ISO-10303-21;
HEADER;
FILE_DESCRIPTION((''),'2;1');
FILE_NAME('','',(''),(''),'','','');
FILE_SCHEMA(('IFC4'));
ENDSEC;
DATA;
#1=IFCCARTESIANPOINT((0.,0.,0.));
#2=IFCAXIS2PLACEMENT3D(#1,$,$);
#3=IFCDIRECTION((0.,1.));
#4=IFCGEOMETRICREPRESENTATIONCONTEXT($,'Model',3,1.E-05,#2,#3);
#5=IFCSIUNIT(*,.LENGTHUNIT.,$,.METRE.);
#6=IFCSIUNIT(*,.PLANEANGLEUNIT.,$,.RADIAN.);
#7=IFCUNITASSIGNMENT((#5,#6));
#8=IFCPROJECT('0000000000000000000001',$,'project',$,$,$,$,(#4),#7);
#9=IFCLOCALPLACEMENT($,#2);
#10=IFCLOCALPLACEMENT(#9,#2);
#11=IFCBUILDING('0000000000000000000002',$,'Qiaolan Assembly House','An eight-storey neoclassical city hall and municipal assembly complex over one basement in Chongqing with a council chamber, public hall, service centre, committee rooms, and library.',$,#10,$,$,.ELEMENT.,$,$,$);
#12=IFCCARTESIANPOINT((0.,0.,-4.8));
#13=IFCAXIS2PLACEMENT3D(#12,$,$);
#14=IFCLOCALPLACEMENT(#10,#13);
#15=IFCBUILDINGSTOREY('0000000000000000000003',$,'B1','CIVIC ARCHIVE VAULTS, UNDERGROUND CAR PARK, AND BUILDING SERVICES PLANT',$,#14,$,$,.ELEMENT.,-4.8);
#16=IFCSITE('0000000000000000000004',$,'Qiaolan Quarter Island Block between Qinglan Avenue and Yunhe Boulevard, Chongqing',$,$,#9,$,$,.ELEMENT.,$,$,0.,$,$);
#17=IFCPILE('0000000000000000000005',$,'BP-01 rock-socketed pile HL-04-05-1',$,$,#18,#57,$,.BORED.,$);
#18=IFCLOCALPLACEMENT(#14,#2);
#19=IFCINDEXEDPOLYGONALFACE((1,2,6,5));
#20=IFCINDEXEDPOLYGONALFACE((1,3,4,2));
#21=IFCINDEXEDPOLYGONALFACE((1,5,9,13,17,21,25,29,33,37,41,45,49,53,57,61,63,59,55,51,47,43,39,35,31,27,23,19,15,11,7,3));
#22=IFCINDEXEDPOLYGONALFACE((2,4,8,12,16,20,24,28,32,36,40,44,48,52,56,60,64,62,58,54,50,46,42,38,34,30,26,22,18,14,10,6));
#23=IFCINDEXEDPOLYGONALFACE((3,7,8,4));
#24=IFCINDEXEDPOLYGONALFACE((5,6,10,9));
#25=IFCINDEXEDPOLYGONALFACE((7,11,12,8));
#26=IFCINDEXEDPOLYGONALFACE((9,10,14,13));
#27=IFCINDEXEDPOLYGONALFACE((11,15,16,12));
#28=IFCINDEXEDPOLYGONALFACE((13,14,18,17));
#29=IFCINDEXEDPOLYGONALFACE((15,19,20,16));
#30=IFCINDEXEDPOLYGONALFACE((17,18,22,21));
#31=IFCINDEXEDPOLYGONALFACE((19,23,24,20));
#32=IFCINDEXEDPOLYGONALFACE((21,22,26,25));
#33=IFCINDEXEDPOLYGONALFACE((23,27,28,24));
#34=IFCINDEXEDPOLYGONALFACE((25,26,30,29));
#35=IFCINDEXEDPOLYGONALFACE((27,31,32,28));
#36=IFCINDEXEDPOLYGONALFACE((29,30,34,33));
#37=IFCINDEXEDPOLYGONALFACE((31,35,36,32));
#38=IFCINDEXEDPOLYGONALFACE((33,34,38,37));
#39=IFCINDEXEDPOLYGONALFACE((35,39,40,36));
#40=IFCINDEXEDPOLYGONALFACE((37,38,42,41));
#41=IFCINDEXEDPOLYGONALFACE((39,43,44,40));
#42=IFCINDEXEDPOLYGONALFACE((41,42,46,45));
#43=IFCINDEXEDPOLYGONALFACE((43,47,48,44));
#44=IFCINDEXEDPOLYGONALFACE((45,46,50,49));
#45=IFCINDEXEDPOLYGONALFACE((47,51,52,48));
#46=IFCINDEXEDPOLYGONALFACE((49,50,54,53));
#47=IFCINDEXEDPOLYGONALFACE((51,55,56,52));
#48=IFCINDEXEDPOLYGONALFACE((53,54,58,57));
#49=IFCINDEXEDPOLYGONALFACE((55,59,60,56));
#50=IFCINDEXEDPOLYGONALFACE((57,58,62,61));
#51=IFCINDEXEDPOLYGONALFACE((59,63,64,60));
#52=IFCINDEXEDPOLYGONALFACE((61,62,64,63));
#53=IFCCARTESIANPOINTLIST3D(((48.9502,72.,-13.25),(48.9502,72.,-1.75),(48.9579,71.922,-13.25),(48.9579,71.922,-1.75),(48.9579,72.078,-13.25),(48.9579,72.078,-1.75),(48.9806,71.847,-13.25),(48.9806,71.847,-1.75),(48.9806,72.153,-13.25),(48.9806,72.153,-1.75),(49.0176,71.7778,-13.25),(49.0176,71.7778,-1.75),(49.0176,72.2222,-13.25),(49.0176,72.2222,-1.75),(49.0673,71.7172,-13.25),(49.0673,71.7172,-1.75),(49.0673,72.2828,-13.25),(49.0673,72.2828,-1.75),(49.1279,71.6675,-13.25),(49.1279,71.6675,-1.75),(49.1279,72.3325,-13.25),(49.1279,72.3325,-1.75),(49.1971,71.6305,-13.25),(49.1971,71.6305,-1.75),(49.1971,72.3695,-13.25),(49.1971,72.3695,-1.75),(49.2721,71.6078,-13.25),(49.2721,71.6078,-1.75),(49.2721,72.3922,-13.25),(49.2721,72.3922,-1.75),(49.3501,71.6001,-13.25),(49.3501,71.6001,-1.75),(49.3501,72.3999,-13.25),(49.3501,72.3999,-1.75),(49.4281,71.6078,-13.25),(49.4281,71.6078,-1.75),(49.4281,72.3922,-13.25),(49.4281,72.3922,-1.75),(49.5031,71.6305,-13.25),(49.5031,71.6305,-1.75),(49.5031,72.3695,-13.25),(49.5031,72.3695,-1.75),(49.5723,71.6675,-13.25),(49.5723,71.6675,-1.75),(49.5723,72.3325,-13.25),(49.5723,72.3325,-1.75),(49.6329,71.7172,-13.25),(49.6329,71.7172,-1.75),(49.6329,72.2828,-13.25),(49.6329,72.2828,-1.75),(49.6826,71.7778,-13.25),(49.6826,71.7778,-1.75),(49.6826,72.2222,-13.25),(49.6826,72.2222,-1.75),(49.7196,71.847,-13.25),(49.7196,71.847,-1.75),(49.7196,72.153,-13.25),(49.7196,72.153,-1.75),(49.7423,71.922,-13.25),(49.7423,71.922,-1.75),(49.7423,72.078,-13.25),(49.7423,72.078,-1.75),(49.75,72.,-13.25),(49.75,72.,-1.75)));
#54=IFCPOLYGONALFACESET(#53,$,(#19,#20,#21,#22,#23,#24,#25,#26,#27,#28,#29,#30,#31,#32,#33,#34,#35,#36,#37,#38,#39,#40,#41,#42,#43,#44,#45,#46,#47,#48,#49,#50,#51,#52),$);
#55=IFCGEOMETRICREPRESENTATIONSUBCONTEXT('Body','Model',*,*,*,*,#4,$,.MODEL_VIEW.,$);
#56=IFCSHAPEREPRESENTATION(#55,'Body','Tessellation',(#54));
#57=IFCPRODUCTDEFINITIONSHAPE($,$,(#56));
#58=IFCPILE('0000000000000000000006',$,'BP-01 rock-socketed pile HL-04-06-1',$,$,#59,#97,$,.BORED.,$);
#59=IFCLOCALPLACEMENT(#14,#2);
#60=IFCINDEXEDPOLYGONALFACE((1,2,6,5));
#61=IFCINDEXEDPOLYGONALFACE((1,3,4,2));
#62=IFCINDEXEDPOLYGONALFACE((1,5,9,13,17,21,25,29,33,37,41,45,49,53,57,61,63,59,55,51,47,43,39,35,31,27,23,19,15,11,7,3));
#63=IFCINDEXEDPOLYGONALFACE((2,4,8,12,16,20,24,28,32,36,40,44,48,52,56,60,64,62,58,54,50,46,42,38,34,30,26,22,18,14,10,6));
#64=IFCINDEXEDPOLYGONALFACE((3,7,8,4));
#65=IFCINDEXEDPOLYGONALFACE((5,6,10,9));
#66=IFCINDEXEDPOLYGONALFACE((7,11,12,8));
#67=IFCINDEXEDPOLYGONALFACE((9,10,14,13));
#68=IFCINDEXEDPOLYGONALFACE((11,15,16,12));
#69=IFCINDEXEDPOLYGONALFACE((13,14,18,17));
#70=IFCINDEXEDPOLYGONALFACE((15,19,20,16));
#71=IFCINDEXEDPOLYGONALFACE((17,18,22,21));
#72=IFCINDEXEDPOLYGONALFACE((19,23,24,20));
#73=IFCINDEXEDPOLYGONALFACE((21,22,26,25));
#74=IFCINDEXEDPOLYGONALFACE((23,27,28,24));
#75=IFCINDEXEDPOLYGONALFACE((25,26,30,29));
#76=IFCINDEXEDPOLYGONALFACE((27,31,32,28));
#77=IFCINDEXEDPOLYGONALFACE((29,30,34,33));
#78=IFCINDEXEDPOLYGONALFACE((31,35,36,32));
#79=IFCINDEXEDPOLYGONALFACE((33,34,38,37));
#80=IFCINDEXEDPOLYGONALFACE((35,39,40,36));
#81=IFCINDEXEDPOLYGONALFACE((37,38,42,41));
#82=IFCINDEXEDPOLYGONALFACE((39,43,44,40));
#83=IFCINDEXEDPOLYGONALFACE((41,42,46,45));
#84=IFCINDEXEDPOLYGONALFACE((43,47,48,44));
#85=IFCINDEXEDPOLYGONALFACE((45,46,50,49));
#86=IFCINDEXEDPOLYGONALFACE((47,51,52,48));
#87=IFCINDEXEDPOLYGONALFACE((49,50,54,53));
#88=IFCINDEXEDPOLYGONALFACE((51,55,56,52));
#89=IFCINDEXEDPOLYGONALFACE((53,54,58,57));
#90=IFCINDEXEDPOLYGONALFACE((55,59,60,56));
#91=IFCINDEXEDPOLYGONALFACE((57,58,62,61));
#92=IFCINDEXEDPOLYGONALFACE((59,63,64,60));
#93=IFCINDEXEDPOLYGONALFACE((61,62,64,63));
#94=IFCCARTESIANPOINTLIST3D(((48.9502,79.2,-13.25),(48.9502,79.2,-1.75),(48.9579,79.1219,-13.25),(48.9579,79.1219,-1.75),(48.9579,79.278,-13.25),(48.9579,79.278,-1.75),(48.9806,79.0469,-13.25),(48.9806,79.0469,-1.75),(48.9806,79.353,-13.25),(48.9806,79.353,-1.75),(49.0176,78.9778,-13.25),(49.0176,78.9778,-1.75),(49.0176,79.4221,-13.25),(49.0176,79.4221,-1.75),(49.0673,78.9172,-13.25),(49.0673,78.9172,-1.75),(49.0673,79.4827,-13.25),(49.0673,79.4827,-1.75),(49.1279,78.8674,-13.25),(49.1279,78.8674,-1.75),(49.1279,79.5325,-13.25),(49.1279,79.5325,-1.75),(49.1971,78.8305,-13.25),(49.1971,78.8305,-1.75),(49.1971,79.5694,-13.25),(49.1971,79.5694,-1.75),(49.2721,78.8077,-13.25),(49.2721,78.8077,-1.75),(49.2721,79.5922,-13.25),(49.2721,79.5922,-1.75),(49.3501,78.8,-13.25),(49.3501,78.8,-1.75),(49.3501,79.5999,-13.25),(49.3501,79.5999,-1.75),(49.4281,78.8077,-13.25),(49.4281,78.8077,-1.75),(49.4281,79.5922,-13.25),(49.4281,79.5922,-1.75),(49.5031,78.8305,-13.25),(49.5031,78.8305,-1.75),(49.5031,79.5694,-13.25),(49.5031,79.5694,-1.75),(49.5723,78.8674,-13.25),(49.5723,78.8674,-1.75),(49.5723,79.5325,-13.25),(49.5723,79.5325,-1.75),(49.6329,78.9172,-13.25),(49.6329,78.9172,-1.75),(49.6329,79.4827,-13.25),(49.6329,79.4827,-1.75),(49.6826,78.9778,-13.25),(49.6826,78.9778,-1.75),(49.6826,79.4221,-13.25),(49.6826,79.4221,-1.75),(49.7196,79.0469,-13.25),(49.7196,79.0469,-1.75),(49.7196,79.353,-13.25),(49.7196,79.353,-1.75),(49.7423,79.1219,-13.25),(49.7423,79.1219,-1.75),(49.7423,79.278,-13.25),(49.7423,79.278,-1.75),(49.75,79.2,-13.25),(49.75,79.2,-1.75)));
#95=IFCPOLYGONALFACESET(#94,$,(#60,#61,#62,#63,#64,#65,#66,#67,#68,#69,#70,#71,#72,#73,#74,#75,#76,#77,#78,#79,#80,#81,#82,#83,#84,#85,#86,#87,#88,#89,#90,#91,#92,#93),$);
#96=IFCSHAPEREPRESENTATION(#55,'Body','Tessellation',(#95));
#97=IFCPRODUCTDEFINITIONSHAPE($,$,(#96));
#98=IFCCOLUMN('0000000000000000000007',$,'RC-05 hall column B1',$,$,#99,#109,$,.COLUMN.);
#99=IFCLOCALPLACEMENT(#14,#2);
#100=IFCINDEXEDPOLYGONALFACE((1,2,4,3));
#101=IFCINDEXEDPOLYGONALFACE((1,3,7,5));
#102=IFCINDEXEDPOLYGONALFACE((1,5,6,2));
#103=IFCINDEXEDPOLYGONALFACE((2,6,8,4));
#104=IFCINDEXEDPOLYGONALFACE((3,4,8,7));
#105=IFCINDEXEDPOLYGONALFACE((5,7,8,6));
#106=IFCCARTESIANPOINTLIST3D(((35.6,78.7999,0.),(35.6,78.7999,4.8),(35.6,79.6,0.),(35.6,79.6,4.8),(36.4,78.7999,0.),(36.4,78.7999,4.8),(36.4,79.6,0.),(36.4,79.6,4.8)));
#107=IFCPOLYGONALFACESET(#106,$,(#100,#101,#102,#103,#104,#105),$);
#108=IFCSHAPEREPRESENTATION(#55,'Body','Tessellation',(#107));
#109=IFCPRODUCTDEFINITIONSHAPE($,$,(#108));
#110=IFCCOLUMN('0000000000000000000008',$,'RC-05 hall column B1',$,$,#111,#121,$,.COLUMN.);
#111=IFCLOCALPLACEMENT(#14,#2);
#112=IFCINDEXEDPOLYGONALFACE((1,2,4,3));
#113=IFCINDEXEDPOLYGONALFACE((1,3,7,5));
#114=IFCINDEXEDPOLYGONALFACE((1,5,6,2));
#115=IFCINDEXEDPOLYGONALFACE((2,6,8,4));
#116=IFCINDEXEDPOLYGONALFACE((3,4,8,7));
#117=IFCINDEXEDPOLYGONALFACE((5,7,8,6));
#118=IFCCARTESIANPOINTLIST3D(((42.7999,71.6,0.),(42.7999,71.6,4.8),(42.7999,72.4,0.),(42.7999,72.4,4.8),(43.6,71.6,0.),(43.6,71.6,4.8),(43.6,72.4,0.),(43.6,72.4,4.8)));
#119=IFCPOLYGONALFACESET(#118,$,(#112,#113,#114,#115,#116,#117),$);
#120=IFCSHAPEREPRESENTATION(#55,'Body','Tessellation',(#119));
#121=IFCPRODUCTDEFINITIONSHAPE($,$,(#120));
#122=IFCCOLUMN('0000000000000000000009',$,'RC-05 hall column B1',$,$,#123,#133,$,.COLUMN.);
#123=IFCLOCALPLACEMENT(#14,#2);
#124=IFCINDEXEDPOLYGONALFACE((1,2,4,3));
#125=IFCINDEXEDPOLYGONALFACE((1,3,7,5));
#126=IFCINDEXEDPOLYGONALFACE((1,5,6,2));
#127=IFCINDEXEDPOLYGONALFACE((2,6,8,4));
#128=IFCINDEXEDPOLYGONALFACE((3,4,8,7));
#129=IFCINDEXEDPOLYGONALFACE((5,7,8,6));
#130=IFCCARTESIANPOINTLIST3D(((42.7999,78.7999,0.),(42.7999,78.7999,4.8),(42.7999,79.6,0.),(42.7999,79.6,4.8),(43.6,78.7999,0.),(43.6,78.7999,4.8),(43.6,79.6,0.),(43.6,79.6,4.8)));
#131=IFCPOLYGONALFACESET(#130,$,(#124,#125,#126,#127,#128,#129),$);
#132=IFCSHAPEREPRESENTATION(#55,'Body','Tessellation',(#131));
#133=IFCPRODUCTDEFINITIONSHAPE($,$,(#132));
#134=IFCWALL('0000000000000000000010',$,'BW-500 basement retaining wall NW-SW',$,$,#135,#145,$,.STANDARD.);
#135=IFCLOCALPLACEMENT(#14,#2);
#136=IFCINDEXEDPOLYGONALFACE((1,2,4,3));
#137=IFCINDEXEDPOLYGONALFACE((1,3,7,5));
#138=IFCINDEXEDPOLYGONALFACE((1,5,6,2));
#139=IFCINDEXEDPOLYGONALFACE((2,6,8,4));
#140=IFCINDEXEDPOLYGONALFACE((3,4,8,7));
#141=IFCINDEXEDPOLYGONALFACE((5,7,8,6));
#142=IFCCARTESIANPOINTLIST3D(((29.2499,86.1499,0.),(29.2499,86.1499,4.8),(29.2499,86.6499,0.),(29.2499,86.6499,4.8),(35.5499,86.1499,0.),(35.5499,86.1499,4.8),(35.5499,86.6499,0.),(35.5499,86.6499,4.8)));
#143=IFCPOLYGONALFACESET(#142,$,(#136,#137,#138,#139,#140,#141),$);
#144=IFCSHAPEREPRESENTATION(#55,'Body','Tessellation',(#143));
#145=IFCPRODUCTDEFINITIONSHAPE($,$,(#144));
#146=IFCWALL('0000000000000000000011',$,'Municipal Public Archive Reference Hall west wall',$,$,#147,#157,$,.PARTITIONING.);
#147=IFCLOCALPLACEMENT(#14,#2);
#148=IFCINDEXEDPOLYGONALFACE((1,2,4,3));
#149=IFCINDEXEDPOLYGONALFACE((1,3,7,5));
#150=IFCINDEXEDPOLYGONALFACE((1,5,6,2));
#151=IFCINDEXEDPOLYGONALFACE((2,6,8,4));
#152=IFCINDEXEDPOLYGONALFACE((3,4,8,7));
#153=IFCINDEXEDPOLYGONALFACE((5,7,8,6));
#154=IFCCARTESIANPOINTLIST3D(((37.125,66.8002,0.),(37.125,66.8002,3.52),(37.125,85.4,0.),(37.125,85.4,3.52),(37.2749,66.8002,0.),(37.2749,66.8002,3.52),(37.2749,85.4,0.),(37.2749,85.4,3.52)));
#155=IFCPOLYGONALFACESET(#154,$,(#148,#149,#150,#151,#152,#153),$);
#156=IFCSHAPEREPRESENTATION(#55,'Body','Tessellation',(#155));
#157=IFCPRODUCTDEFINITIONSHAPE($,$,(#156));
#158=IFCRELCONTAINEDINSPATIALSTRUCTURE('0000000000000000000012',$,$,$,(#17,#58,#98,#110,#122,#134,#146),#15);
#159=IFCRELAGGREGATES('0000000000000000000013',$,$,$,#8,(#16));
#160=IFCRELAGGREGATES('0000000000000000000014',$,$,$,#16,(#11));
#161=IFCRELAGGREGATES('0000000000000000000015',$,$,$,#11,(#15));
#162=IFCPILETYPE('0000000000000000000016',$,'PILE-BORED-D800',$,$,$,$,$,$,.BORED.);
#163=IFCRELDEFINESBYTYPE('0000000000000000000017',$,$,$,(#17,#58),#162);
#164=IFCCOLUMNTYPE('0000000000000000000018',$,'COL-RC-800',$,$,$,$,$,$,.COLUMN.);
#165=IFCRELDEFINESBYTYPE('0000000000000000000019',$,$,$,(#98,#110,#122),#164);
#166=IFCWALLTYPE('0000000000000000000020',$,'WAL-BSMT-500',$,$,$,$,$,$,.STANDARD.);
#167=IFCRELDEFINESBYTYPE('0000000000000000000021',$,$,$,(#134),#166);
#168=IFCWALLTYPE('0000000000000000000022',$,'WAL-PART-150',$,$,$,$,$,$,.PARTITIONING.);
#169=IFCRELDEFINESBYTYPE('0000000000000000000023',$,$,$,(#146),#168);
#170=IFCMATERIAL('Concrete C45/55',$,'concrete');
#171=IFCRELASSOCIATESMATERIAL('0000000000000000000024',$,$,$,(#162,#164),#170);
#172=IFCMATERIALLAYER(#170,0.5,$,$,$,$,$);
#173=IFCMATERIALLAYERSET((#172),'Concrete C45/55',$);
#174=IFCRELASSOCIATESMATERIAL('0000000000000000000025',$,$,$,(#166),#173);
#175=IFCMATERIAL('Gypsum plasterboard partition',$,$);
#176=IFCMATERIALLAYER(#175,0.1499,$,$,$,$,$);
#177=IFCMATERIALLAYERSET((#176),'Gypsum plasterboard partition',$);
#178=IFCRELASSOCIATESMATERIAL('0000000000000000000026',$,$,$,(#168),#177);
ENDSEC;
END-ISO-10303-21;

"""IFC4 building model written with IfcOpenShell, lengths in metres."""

from ifc_helpers import new_model, si_unit, direction, frame, frame_2d, origin, origin_2d, place, context, subcontext, project, spatial, rectangle, circle, extrude, material, layer, layer_set, material_profile, profile_set, type_object, element, save


model = new_model("IFC4")

# Units and contexts
model_context = context("Model", 3, precision=1e-05, world=origin(), true_north=direction((0.0, 1.0)))
body_context = subcontext(model_context, "Body", "Model", "MODEL_VIEW")
ifc_project = project(units=[si_unit("LENGTHUNIT", "METRE"), si_unit("PLANEANGLEUNIT", "RADIAN")], contexts=[model_context])

# Site, building, storey
site_placement = place(None, origin())
site = spatial("IfcSite", under=ifc_project, at=site_placement, Name="Qiaolan Quarter Island Block between Qinglan Avenue and Yunhe Boulevard, Chongqing", CompositionType="ELEMENT", RefElevation=0.0)
building_placement = place(site_placement, origin())
building = spatial("IfcBuilding", under=site, at=building_placement, Name="Qiaolan Assembly House", Description="An eight-storey neoclassical city hall and municipal assembly complex over one basement in Chongqing with a council chamber, public hall, service centre, committee rooms, and library.", CompositionType="ELEMENT")
storey_placement = place(building_placement, frame((0.0, 0.0, -4.8)))
storey = spatial("IfcBuildingStorey", under=building, at=storey_placement, Name="B1", Description="CIVIC ARCHIVE VAULTS, UNDERGROUND CAR PARK, AND BUILDING SERVICES PLANT", CompositionType="ELEMENT", Elevation=-4.8)

# Piles
ifc_material_1 = material(Name="Concrete C45/55", Category="concrete")
ifc_material_profile_1 = material_profile(ifc_material_1, circle(Radius=0.3999, at=origin_2d()), Name="PILE D800")
ifc_profile_set_1 = profile_set([ifc_material_profile_1], Name="Concrete C45/55")
pile_type = type_object("IfcPileType", Name="PILE-BORED-D800", PredefinedType="BORED", material=ifc_profile_set_1)
for number, where, z_axis, x_axis, name in (
    (1, (49.3501, 72.0, -1.75), (0.0, 0.0, -1.0), (1.0, 0.0, 0.0), "BP-01 rock-socketed pile HL-04-05-1"),
    (2, (49.3501, 79.2, -1.75), (0.0, 0.0, -1.0), (1.0, 0.0, 0.0), "BP-01 rock-socketed pile HL-04-06-1"),
):
    element("IfcPile", number, at=place(storey_placement, frame(where, z_axis=z_axis, x_axis=x_axis)), inside=storey, type_object=pile_type, Name=name, PredefinedType="BORED", context=body_context, shape_type="SweptSolid", body=[
        extrude(circle(Radius=0.3999, at=origin_2d()), origin(), (0.0, 0.0, 1.0), 11.5),
    ])

# Columns
ifc_material_profile_2 = material_profile(ifc_material_1, rectangle(XDim=0.8, YDim=0.8, at=origin_2d()), Name="RC 800x800")
ifc_profile_set_2 = profile_set([ifc_material_profile_2], Name="Concrete C45/55")
column_type = type_object("IfcColumnType", Name="COL-RC-800", PredefinedType="COLUMN", material=ifc_profile_set_2)
for number, where, z_axis, x_axis, name in (
    (3, (36.0, 79.2, 0.0), (0.0, 0.0, 1.0), (1.0, 0.0, 0.0), "RC-05 hall column B1"),
    (4, (43.2, 72.0, 0.0), (0.0, 0.0, 1.0), (1.0, 0.0, 0.0), "RC-05 hall column B1"),
    (5, (43.2, 79.2, 0.0), (0.0, 0.0, 1.0), (1.0, 0.0, 0.0), "RC-05 hall column B1"),
):
    element("IfcColumn", number, at=place(storey_placement, frame(where, z_axis=z_axis, x_axis=x_axis)), inside=storey, type_object=column_type, Name=name, PredefinedType="COLUMN", context=body_context, shape_type="SweptSolid", body=[
        extrude(rectangle(XDim=0.8, YDim=0.8, at=origin_2d()), origin(), (0.0, 0.0, 1.0), 4.8),
    ])

# Walls
ifc_layer_1 = layer(ifc_material_1, 0.5)
ifc_layer_set_1 = layer_set([ifc_layer_1], Name="Concrete C45/55")
wall_type_1 = type_object("IfcWallType", Name="WAL-BSMT-500", PredefinedType="STANDARD", material=ifc_layer_set_1)
wall_1_placement = place(storey_placement, frame((29.25, 86.3999, 0.0), z_axis=(0.0, 0.0, 1.0), x_axis=(1.0, 0.0, 0.0)))
element("IfcWall", 6, at=wall_1_placement, inside=storey, type_object=wall_type_1, Name="BW-500 basement retaining wall NW-SW", PredefinedType="STANDARD", context=body_context, shape_type="SweptSolid", body=[
    extrude(rectangle(XDim=6.3, YDim=0.5, at=frame_2d((3.1499, 0.0))), origin(), (0.0, 0.0, 1.0), 4.8),
])
ifc_material_2 = material(Name="Gypsum plasterboard partition")
ifc_layer_2 = layer(ifc_material_2, 0.1499)
ifc_layer_set_2 = layer_set([ifc_layer_2], Name="Gypsum plasterboard partition")
wall_type_2 = type_object("IfcWallType", Name="WAL-PART-150", PredefinedType="PARTITIONING", material=ifc_layer_set_2)
wall_2_placement = place(storey_placement, frame((37.2, 85.3999, 0.0), z_axis=(0.0, 0.0, 1.0), x_axis=(0.0, -1.0, 0.0)))
element("IfcWall", 7, at=wall_2_placement, inside=storey, type_object=wall_type_2, Name="Municipal Public Archive Reference Hall west wall", PredefinedType="PARTITIONING", context=body_context, shape_type="SweptSolid", body=[
    extrude(rectangle(XDim=18.5999, YDim=0.1499, at=frame_2d((9.2998, 0.0))), origin(), (0.0, 0.0, 1.0), 3.52),
])

save(model, "model.ifc")
